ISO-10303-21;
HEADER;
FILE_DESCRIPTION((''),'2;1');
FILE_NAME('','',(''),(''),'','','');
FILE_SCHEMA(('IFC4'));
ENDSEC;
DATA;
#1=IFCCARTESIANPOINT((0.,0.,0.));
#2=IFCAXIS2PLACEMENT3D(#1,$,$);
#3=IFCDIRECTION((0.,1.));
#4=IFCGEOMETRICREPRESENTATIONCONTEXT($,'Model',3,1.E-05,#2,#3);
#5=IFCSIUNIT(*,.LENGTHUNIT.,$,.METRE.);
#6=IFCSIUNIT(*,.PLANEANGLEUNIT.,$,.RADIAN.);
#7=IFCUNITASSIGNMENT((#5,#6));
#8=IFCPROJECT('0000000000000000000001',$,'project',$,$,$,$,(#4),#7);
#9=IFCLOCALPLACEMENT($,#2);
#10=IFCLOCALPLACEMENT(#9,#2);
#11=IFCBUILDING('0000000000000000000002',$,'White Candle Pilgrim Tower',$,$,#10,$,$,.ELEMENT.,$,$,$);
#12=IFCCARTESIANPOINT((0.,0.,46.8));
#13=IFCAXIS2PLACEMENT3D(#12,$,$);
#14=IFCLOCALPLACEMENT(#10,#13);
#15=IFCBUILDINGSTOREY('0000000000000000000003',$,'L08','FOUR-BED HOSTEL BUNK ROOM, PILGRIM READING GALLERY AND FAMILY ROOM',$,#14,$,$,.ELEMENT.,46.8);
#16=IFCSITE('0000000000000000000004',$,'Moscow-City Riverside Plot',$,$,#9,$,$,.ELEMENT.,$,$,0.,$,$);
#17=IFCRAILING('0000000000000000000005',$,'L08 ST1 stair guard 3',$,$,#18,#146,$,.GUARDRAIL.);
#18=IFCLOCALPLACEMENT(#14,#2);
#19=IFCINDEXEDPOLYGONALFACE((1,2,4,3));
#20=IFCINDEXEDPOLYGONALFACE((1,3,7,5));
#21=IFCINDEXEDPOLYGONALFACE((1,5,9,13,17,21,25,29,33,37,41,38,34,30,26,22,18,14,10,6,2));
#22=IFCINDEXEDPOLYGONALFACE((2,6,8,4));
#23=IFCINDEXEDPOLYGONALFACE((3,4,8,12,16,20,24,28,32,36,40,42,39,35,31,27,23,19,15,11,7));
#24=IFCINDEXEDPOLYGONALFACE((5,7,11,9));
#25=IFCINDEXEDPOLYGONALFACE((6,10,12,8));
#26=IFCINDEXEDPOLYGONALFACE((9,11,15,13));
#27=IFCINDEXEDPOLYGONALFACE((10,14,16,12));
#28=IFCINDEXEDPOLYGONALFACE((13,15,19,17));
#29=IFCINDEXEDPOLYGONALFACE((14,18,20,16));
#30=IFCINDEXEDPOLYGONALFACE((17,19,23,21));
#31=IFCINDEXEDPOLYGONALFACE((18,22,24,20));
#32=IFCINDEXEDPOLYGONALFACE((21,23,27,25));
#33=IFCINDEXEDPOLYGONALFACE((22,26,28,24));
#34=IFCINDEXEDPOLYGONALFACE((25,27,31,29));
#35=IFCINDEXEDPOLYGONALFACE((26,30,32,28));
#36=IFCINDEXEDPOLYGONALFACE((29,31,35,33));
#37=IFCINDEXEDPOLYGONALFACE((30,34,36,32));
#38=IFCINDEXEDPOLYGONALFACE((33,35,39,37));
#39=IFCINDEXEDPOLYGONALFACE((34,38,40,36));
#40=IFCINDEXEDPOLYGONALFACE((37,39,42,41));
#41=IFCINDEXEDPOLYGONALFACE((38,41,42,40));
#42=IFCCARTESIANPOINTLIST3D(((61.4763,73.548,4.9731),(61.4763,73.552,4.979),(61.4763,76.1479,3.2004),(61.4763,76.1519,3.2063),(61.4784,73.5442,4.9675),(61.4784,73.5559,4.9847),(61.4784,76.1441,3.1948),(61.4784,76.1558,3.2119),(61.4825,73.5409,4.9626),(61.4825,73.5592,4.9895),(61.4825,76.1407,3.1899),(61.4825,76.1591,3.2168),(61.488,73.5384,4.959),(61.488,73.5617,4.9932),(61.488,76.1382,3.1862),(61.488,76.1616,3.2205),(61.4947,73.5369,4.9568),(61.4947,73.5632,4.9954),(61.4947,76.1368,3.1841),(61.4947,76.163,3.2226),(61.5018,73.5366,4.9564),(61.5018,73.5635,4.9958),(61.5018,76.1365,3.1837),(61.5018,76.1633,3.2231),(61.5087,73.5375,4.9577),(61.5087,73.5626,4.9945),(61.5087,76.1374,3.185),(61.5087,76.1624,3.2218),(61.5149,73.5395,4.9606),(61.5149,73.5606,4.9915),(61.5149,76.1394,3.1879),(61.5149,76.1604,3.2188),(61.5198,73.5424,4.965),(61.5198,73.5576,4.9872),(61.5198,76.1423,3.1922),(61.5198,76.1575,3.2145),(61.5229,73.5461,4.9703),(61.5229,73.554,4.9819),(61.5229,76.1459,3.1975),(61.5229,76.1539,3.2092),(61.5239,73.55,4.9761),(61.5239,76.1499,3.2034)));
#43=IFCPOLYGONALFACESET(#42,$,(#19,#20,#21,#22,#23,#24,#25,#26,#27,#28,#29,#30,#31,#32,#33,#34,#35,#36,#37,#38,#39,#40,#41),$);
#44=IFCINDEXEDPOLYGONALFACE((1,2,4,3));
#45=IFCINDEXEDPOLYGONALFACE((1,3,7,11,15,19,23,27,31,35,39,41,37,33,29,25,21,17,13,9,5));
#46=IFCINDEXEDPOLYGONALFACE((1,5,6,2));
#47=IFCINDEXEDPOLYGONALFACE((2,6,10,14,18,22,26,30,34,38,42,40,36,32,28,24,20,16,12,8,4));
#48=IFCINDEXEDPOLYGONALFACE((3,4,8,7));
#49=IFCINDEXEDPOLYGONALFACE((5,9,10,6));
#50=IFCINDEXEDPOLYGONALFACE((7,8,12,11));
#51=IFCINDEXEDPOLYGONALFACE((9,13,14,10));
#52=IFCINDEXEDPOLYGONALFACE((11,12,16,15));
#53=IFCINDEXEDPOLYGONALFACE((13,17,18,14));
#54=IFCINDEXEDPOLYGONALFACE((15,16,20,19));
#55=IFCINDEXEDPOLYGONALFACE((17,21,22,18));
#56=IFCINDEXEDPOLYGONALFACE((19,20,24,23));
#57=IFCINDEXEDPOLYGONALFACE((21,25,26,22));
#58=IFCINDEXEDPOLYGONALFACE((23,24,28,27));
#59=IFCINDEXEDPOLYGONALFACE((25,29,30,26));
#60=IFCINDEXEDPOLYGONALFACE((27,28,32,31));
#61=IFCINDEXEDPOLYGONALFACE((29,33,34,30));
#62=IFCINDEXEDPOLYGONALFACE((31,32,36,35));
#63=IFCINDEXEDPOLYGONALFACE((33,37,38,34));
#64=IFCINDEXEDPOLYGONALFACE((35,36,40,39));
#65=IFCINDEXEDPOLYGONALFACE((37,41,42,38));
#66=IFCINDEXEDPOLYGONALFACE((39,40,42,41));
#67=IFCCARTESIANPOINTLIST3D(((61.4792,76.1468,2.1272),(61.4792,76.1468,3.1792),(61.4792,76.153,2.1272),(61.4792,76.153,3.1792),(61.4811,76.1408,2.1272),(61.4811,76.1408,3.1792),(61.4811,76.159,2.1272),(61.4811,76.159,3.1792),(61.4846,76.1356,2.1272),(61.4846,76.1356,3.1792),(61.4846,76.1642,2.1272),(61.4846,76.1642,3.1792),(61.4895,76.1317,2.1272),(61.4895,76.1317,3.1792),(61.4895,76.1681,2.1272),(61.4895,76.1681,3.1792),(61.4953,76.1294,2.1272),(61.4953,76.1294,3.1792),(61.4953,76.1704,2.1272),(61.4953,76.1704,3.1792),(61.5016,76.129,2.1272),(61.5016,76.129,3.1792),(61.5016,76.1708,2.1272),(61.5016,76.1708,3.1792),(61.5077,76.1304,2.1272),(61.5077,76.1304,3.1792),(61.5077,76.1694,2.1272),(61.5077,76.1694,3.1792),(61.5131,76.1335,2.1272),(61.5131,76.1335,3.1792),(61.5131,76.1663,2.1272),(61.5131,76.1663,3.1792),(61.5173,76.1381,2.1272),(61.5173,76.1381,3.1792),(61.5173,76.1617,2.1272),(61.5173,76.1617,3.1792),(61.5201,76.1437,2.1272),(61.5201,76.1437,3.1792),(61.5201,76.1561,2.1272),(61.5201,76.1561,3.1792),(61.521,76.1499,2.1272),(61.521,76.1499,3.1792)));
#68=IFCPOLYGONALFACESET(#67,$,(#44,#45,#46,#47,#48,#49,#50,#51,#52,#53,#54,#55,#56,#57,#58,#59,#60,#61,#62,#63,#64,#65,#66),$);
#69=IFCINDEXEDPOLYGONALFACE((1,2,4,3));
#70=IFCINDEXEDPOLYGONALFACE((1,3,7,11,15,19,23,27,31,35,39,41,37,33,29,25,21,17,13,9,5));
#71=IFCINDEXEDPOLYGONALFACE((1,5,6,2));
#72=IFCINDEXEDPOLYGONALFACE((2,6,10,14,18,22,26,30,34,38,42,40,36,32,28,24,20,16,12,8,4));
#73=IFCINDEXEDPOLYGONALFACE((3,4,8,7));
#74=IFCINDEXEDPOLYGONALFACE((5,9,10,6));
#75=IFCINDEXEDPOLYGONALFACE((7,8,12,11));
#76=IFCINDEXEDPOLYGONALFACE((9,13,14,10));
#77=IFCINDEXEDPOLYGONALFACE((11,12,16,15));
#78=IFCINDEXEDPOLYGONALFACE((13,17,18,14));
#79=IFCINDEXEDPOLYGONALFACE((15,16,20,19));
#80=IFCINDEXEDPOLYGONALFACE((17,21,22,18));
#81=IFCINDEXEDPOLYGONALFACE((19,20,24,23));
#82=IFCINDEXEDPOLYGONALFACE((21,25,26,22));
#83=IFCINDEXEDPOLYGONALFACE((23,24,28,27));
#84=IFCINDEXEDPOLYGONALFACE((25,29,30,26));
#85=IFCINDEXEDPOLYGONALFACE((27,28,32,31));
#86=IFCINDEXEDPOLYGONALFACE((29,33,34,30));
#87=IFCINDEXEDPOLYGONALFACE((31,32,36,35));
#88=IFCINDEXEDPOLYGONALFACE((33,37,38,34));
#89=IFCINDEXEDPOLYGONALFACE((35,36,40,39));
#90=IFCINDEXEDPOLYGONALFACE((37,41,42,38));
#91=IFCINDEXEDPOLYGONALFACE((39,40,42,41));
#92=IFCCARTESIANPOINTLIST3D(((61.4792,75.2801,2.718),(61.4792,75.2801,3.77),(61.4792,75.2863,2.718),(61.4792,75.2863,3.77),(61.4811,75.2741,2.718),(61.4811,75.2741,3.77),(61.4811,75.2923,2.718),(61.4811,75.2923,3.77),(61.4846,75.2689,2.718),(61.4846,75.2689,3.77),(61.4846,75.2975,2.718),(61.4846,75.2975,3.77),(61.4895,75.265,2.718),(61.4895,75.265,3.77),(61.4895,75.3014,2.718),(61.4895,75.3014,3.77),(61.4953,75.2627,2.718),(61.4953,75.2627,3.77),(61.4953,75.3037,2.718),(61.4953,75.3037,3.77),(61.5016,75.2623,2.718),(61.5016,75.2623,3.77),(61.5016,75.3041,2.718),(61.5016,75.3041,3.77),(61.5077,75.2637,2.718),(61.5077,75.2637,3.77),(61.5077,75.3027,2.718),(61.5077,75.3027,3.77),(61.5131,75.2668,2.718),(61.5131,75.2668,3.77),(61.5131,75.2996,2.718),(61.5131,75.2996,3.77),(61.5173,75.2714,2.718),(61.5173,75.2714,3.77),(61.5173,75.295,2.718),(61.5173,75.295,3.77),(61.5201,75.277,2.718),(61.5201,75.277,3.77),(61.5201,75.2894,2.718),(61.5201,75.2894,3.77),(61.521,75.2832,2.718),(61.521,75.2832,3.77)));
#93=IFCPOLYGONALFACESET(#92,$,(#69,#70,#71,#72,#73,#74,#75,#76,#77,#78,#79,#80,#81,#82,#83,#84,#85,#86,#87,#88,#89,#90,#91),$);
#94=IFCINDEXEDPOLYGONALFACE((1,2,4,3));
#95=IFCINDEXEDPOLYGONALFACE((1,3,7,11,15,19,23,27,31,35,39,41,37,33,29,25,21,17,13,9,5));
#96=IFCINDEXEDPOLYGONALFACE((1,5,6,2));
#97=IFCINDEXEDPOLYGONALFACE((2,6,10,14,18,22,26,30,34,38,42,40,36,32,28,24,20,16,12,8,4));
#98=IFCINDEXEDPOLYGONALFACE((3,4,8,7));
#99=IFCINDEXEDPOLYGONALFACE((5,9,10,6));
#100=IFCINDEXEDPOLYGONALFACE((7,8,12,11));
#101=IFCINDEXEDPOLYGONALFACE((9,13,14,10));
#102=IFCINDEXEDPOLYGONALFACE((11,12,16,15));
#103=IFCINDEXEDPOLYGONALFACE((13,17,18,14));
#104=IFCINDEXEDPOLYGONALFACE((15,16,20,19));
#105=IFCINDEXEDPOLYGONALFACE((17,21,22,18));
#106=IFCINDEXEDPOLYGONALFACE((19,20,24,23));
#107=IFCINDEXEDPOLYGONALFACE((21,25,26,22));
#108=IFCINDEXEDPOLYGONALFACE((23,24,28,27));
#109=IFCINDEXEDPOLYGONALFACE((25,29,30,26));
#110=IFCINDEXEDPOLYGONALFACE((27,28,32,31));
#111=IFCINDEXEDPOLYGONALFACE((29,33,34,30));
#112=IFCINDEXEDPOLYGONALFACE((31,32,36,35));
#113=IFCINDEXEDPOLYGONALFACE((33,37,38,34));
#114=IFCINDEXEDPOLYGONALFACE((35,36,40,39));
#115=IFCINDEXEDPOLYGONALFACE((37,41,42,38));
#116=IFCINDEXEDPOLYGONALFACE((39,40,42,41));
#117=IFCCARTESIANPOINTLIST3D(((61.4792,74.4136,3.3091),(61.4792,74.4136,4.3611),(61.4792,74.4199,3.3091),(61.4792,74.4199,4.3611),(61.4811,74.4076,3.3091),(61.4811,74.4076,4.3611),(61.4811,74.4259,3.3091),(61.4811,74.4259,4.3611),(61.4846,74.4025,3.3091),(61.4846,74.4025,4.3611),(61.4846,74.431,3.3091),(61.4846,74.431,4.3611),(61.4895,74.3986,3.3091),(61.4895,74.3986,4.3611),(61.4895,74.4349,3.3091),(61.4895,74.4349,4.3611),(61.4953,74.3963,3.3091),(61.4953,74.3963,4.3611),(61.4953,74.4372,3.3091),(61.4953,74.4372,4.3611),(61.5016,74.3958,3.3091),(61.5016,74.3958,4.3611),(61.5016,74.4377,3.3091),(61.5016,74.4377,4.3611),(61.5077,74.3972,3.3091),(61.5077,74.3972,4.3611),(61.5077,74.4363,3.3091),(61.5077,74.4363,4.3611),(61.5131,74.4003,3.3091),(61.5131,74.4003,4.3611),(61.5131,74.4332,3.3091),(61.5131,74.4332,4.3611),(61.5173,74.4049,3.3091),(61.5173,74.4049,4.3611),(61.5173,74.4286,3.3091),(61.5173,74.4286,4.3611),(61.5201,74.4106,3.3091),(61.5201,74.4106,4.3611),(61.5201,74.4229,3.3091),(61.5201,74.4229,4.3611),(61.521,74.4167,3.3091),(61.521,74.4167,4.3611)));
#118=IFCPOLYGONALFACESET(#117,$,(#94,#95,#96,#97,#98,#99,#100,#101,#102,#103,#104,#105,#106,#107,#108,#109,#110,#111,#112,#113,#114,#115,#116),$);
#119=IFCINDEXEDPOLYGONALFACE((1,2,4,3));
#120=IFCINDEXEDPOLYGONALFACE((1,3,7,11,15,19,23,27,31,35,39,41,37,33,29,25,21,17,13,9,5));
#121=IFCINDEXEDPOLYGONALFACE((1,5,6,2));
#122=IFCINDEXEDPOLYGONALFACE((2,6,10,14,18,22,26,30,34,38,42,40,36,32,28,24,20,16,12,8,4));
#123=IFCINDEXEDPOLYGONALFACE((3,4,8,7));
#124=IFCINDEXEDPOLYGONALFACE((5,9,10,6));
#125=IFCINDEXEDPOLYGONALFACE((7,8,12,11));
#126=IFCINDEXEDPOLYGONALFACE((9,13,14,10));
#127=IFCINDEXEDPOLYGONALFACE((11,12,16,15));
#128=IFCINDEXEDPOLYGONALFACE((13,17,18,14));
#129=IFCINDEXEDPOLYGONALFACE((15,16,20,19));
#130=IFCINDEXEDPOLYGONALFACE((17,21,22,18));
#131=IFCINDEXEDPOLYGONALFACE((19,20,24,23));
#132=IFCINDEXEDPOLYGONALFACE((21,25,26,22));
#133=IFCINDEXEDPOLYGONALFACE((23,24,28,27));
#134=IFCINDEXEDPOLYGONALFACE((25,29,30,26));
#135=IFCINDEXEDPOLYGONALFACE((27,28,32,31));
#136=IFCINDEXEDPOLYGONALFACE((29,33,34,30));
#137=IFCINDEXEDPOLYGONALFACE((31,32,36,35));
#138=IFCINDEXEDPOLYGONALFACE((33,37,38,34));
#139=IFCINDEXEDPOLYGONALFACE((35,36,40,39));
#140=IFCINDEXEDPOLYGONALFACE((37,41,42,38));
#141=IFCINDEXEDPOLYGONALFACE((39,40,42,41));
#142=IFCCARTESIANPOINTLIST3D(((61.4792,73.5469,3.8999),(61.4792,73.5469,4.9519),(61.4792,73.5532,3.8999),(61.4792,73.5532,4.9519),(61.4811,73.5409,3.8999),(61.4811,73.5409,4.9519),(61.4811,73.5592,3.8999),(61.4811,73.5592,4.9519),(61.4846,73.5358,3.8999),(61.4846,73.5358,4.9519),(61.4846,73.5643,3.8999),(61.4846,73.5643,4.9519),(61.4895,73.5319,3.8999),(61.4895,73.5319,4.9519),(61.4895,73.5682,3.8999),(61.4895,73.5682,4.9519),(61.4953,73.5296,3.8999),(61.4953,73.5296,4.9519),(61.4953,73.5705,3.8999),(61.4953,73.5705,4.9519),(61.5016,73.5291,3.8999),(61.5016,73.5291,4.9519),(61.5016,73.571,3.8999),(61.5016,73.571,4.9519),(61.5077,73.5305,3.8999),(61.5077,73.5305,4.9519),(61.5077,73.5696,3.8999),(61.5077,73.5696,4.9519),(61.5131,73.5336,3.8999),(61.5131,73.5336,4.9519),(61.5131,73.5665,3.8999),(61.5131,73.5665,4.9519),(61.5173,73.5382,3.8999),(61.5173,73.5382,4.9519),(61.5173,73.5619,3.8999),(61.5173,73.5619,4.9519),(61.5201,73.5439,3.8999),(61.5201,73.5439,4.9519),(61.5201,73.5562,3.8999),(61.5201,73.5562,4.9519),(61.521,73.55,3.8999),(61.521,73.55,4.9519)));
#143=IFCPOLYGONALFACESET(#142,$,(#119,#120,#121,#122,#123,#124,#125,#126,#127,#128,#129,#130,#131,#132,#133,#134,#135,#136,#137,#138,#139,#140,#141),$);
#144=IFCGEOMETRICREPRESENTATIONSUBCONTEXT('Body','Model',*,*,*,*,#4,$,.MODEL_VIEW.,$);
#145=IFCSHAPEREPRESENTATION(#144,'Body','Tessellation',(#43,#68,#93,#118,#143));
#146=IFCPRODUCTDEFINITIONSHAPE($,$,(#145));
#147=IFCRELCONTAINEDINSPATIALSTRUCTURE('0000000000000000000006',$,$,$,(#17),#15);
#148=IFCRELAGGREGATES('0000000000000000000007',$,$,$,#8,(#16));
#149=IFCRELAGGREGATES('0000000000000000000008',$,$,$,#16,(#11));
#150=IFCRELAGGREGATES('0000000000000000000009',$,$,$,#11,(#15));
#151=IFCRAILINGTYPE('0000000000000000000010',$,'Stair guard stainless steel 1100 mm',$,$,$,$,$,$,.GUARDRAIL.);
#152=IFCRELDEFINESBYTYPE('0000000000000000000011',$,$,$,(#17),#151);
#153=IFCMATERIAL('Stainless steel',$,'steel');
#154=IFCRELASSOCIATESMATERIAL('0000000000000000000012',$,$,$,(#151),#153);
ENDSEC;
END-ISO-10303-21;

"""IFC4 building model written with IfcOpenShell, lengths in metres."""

from ifc_helpers import new_model, si_unit, direction, frame, origin, origin_2d, place, context, subcontext, project, spatial, circle, extrude, material, type_object, element, save


model = new_model("IFC4")

# Units and contexts
model_context = context("Model", 3, precision=1e-05, world=origin(), true_north=direction((0.0, 1.0)))
body_context = subcontext(model_context, "Body", "Model", "MODEL_VIEW")
ifc_project = project(units=[si_unit("LENGTHUNIT", "METRE"), si_unit("PLANEANGLEUNIT", "RADIAN")], contexts=[model_context])

# Site, building, storey
site_placement = place(None, origin())
site = spatial("IfcSite", under=ifc_project, at=site_placement, Name="Moscow-City Riverside Plot", CompositionType="ELEMENT", RefElevation=0.0)
building_placement = place(site_placement, origin())
building = spatial("IfcBuilding", under=site, at=building_placement, Name="White Candle Pilgrim Tower", CompositionType="ELEMENT")
storey_placement = place(building_placement, frame((0.0, 0.0, 46.8)))
storey = spatial("IfcBuildingStorey", under=building, at=storey_placement, Name="L08", Description="FOUR-BED HOSTEL BUNK ROOM, PILGRIM READING GALLERY AND FAMILY ROOM", CompositionType="ELEMENT", Elevation=46.8)

# Railing
ifc_material_1 = material(Name="Stainless steel", Category="steel")
railing_type_1 = type_object("IfcRailingType", Name="Stair guard stainless steel 1100 mm", PredefinedType="GUARDRAIL", material=ifc_material_1)
railing_1_placement = place(storey_placement, frame((61.5, 76.1499, 2.1272)))
element("IfcRailing", 1, at=railing_1_placement, inside=storey, type_object=railing_type_1, Name="L08 ST1 stair guard 3", PredefinedType="GUARDRAIL", context=body_context, shape_type="SweptSolid", body=[
    extrude(circle(Radius=0.0239, at=origin_2d()), frame((0.0, 0.0, 1.0762), z_axis=(0.0, -0.826216, 0.563354), x_axis=(1.0, 0.0, 0.0)), (0.0, 0.0, 1.0), 3.1467),
    extrude(circle(Radius=0.021, at=origin_2d()), origin(), (0.0, 0.0, 1.0), 1.052),
    extrude(circle(Radius=0.021, at=origin_2d()), frame((0.0, -0.8667, 0.5908)), (0.0, 0.0, 1.0), 1.052),
    extrude(circle(Radius=0.021, at=origin_2d()), frame((0.0, -1.7332, 1.1819)), (0.0, 0.0, 1.0), 1.052),
    extrude(circle(Radius=0.021, at=origin_2d()), frame((0.0, -2.5999, 1.7727)), (0.0, 0.0, 1.0), 1.052),
])

save(model, "model.ifc")
